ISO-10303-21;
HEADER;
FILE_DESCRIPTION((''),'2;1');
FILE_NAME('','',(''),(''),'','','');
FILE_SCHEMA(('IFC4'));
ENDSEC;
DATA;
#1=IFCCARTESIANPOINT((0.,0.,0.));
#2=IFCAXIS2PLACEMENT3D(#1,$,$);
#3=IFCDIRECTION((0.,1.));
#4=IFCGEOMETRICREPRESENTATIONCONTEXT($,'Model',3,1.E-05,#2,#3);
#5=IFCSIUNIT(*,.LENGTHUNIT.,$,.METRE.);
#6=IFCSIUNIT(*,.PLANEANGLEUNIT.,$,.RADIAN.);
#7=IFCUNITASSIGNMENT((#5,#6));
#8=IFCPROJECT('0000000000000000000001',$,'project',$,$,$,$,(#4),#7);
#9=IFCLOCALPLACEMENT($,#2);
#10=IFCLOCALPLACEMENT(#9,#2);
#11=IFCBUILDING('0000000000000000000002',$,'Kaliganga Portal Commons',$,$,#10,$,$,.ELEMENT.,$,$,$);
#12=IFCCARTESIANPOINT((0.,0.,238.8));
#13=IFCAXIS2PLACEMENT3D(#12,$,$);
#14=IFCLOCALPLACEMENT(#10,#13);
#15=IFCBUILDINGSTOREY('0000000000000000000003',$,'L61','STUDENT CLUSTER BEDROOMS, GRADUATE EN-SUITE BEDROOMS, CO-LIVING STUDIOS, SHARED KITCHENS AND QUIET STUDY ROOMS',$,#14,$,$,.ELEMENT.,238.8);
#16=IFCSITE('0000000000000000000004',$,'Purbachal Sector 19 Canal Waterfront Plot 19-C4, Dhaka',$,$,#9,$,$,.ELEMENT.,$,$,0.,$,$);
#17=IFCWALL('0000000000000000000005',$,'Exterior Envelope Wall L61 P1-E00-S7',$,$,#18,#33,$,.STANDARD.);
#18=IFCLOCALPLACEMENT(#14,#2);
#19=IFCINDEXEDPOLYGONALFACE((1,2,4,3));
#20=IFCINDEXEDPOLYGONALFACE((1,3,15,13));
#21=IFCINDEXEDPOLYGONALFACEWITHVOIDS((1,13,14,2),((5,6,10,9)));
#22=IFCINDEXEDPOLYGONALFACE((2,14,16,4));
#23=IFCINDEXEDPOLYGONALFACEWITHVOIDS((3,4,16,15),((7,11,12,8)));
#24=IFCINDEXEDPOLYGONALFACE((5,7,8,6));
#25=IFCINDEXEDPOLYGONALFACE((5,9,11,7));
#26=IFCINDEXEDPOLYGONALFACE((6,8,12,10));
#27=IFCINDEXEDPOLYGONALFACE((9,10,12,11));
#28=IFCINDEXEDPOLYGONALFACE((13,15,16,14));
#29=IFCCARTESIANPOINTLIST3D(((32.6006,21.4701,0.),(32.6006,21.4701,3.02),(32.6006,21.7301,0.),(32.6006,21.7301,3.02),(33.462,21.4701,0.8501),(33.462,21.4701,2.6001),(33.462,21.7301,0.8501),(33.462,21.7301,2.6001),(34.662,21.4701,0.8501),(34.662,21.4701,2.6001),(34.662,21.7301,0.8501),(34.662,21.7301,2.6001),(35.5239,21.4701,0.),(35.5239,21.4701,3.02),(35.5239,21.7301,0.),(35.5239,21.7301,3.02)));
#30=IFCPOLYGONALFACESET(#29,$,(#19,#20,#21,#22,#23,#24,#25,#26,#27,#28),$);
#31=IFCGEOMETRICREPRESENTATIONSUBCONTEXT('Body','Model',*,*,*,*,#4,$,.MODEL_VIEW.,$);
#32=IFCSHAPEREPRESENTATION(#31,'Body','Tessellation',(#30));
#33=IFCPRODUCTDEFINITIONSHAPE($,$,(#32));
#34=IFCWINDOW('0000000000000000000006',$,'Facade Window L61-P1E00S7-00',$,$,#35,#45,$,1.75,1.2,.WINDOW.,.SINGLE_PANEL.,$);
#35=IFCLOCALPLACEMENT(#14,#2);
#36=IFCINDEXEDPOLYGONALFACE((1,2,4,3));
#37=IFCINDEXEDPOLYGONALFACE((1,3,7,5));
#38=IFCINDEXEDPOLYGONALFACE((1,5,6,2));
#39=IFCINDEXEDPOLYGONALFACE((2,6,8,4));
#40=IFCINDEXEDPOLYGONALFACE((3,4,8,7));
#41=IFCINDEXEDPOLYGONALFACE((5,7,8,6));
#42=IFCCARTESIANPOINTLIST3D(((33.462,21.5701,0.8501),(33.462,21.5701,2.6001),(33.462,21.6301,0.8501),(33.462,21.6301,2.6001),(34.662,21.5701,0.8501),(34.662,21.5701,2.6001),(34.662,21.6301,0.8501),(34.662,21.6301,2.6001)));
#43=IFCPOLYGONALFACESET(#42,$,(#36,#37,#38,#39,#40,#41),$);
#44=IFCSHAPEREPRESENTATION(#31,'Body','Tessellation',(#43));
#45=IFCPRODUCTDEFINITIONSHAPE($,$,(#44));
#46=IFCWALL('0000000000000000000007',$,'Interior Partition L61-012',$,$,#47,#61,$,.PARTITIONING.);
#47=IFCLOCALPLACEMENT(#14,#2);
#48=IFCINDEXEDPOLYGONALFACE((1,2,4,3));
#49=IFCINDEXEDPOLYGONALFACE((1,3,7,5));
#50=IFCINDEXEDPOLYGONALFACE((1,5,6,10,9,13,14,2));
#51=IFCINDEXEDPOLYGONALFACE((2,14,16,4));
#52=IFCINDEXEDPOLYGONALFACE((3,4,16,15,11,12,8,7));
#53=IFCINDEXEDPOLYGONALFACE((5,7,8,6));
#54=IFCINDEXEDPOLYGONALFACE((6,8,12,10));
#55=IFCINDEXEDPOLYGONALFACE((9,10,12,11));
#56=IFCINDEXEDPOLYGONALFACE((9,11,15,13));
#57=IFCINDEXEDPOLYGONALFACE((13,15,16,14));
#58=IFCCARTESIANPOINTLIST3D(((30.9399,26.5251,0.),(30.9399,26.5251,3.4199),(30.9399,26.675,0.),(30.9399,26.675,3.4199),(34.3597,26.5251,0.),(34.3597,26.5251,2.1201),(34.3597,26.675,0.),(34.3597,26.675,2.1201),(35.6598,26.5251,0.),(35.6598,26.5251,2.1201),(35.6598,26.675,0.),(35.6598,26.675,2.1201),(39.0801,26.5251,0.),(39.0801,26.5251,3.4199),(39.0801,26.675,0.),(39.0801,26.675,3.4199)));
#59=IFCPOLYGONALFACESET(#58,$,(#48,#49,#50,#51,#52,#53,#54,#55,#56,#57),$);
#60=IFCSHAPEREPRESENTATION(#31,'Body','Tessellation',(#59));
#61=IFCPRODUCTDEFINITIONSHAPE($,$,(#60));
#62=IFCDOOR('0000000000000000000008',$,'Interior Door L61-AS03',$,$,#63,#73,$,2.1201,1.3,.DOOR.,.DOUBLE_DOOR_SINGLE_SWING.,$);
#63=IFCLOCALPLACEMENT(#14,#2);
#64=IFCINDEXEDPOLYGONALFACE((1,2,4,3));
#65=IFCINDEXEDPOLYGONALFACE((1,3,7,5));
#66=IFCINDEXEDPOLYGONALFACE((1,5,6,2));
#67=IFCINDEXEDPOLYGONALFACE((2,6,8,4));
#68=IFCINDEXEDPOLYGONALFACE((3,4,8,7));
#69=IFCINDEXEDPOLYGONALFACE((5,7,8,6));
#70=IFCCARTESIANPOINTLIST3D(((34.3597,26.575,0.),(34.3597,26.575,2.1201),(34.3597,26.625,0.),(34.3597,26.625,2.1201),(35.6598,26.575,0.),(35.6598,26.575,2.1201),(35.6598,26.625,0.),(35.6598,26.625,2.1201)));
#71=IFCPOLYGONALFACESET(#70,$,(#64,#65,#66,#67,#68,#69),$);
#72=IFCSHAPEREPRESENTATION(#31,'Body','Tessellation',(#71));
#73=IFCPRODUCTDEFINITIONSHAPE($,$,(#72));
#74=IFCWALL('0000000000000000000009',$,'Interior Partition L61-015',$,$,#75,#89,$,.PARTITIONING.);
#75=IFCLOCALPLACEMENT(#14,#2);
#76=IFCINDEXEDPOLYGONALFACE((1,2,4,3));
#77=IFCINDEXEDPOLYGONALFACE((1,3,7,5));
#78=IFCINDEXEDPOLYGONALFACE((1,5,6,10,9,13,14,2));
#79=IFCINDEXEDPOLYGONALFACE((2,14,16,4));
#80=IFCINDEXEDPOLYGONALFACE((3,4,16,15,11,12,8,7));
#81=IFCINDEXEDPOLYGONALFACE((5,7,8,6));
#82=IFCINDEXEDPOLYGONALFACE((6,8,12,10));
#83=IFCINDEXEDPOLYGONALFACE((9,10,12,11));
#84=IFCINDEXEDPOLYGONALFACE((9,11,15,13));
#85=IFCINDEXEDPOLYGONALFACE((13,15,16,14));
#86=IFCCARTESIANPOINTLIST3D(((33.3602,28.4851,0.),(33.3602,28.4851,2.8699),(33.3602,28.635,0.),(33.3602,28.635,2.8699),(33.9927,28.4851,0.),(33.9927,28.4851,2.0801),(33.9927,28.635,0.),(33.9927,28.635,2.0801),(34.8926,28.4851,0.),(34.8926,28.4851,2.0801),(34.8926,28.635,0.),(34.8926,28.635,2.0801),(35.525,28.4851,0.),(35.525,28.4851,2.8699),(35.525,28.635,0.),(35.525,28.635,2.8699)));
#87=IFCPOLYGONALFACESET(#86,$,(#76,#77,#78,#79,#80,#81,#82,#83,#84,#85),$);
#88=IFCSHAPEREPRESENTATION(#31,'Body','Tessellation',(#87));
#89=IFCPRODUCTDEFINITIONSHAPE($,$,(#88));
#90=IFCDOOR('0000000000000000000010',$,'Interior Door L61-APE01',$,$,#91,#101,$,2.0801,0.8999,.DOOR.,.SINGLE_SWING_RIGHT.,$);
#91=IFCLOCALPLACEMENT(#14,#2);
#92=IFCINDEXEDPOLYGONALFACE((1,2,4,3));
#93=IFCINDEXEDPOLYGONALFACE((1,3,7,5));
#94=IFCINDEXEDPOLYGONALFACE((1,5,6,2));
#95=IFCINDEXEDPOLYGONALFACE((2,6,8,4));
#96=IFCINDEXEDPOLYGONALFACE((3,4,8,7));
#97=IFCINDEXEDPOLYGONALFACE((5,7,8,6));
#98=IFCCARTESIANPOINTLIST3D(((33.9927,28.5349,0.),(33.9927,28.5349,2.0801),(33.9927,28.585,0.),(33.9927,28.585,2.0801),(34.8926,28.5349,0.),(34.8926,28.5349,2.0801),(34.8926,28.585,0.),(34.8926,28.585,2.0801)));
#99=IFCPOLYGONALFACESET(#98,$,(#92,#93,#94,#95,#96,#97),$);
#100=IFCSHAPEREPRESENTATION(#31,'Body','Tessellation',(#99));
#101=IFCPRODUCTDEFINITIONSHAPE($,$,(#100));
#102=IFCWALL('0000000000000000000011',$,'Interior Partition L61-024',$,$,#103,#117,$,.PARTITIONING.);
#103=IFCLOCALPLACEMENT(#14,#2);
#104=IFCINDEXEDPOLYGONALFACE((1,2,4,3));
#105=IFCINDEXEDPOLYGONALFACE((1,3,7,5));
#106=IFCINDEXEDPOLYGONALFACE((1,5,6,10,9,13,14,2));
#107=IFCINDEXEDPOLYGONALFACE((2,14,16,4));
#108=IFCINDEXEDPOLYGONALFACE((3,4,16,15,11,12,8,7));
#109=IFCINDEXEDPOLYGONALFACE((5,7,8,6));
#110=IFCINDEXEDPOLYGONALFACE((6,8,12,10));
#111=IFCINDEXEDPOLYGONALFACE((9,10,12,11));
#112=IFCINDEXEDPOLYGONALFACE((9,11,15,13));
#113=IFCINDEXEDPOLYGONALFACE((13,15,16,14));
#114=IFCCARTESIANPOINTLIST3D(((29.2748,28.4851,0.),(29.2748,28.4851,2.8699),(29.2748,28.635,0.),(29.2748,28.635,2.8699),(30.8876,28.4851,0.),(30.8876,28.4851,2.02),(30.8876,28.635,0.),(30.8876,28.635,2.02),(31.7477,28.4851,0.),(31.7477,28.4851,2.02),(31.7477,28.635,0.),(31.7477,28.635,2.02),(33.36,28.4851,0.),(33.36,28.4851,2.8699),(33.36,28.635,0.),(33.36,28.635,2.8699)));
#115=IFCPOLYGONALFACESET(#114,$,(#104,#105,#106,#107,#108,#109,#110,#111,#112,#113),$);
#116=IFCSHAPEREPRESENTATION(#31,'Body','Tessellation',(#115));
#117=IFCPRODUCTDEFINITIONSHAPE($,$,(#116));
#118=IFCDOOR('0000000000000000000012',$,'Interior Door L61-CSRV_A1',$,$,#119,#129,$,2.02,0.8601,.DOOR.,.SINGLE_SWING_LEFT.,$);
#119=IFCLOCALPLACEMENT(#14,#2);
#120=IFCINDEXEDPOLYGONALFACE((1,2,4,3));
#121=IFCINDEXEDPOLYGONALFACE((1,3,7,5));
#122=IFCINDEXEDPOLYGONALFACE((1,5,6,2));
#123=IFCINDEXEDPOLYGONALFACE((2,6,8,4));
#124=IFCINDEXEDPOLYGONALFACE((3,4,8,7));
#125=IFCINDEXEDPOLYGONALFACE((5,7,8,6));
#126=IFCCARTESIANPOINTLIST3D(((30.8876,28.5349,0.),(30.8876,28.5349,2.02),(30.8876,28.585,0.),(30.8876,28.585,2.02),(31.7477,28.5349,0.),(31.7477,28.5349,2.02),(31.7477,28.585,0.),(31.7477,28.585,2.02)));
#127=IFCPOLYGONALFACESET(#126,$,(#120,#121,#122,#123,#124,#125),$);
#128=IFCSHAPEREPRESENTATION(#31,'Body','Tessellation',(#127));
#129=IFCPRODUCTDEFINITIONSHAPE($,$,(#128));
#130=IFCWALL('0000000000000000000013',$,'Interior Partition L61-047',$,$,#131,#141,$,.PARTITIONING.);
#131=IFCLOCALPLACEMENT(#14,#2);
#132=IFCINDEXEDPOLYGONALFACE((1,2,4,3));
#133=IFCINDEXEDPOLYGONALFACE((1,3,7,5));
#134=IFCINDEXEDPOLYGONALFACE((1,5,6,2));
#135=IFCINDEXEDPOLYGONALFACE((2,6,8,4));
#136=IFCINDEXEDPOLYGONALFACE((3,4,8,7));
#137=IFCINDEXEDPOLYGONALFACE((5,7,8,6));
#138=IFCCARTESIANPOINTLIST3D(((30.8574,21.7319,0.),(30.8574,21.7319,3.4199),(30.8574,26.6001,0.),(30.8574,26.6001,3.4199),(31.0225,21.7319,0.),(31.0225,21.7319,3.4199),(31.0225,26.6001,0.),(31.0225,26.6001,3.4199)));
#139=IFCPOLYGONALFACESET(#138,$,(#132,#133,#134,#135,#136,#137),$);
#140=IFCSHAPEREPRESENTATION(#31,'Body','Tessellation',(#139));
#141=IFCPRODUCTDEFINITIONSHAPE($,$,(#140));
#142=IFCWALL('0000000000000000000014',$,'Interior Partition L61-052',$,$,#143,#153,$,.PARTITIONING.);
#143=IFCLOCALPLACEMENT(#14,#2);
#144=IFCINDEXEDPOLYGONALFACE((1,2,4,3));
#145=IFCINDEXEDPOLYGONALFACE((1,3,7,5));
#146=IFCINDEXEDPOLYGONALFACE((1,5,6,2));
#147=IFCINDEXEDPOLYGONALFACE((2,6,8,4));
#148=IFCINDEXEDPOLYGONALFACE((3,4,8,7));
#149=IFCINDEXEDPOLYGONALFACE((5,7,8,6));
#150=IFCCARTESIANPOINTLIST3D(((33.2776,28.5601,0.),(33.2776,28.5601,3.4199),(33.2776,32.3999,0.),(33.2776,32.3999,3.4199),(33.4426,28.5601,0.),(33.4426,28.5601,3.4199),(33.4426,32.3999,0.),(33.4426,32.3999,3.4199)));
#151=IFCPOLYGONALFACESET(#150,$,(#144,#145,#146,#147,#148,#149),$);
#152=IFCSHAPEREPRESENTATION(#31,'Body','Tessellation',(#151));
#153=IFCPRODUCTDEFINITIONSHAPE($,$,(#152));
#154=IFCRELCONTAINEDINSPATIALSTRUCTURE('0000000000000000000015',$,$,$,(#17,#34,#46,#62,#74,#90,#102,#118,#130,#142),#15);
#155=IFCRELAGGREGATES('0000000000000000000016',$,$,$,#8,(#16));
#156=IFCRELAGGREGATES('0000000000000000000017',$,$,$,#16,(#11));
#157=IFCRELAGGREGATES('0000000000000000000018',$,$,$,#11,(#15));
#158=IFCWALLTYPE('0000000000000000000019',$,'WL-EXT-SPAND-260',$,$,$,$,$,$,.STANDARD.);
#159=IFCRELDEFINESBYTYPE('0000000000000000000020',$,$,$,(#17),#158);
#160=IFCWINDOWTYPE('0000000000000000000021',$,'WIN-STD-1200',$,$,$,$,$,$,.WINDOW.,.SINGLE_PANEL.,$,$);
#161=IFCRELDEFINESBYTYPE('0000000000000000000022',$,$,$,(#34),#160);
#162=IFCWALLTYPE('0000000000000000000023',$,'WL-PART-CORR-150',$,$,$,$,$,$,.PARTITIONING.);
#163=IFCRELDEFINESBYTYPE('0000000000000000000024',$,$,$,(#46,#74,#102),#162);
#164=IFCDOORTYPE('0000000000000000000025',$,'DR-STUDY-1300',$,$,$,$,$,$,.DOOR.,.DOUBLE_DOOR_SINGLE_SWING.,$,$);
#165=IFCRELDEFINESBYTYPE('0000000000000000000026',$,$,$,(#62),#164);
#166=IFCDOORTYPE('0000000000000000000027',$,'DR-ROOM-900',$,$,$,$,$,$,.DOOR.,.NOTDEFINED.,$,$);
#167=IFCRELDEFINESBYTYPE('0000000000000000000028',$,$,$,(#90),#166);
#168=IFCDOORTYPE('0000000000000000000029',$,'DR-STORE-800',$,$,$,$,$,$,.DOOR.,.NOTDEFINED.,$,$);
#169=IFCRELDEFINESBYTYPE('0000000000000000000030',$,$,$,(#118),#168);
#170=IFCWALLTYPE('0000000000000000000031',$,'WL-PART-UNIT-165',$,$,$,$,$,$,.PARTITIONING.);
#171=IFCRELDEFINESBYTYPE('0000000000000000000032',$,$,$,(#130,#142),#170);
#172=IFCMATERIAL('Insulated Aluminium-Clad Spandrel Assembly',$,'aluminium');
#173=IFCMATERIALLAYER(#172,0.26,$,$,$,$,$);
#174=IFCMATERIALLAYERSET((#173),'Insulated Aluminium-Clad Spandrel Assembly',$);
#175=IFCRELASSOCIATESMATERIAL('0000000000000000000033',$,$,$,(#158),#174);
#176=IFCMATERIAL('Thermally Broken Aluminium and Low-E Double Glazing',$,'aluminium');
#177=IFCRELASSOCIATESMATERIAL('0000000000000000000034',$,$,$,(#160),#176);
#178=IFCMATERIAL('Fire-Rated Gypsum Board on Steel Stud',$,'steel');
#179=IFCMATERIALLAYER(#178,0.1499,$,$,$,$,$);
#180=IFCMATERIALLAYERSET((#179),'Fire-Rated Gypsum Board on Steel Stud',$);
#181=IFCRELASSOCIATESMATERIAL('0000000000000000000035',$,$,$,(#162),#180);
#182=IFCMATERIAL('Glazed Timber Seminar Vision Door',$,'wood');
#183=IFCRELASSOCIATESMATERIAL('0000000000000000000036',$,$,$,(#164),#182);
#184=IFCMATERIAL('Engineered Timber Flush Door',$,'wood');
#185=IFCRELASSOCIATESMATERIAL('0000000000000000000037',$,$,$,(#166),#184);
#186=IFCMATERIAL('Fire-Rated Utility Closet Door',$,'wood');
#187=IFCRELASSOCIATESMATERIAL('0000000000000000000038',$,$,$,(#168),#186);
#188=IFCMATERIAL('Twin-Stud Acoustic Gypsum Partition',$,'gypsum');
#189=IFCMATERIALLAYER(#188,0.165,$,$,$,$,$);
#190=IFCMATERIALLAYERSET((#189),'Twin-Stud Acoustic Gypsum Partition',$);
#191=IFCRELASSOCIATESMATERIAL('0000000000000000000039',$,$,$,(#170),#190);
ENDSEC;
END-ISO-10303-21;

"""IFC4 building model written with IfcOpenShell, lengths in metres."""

from ifc_helpers import new_model, si_unit, direction, frame, frame_2d, origin, place, context, subcontext, project, spatial, rectangle, extrude, material, layer, layer_set, type_object, element, fill, save


model = new_model("IFC4")

# Units and contexts
model_context = context("Model", 3, precision=1e-05, world=origin(), true_north=direction((0.0, 1.0)))
body_context = subcontext(model_context, "Body", "Model", "MODEL_VIEW")
ifc_project = project(units=[si_unit("LENGTHUNIT", "METRE"), si_unit("PLANEANGLEUNIT", "RADIAN")], contexts=[model_context])

# Site, building, storey
site_placement = place(None, origin())
site = spatial("IfcSite", under=ifc_project, at=site_placement, Name="Purbachal Sector 19 Canal Waterfront Plot 19-C4, Dhaka", CompositionType="ELEMENT", RefElevation=0.0)
building_placement = place(site_placement, origin())
building = spatial("IfcBuilding", under=site, at=building_placement, Name="Kaliganga Portal Commons", CompositionType="ELEMENT")
storey_placement = place(building_placement, frame((0.0, 0.0, 238.8)))
storey = spatial("IfcBuildingStorey", under=building, at=storey_placement, Name="L61", Description="STUDENT CLUSTER BEDROOMS, GRADUATE EN-SUITE BEDROOMS, CO-LIVING STUDIOS, SHARED KITCHENS AND QUIET STUDY ROOMS", CompositionType="ELEMENT", Elevation=238.8)

# Wall, opening, window
ifc_material_1 = material(Name="Insulated Aluminium-Clad Spandrel Assembly", Category="aluminium")
ifc_layer_1 = layer(ifc_material_1, 0.26)
ifc_layer_set_1 = layer_set([ifc_layer_1], Name="Insulated Aluminium-Clad Spandrel Assembly")
wall_type_1 = type_object("IfcWallType", Name="WL-EXT-SPAND-260", PredefinedType="STANDARD", material=ifc_layer_set_1)
wall_1_placement = place(storey_placement, frame((35.5239, 21.6001, 0.0), z_axis=(0.0, 0.0, 1.0), x_axis=(-1.0, 0.0, 0.0)))
wall_1 = element("IfcWall", 1, at=wall_1_placement, inside=storey, type_object=wall_type_1, Name="Exterior Envelope Wall L61 P1-E00-S7", PredefinedType="STANDARD", context=body_context, shape_type="SweptSolid", body=[
    extrude(rectangle(XDim=2.9233, YDim=0.26, at=frame_2d((1.4617, 0.0))), origin(), (0.0, 0.0, 1.0), 3.02),
])
opening_1_placement = place(wall_1_placement, frame((0.8618, 0.0, 0.8501)))
opening_1 = element("IfcOpeningElement", 2, at=opening_1_placement, cuts=wall_1, PredefinedType="OPENING", context=body_context, shape_type="SweptSolid", body=[
    extrude(rectangle(XDim=1.2, YDim=1.75, at=frame_2d((0.6001, 0.875))), frame((0.0, 0.1401, 0.0), z_axis=(0.0, -1.0, 0.0), x_axis=(1.0, 0.0, 0.0)), (0.0, 0.0, 1.0), 0.28),
])
ifc_material_2 = material(Name="Thermally Broken Aluminium and Low-E Double Glazing", Category="aluminium")
window_type = type_object("IfcWindowType", Name="WIN-STD-1200", PartitioningType="SINGLE_PANEL", PredefinedType="WINDOW", material=ifc_material_2)
window_placement = place(opening_1_placement, origin())
window = element("IfcWindow", 3, at=window_placement, inside=storey, type_object=window_type, Name="Facade Window L61-P1E00S7-00", OverallHeight=1.75, OverallWidth=1.2, PartitioningType="SINGLE_PANEL", PredefinedType="WINDOW", context=body_context, shape_type="SweptSolid", body=[
    extrude(rectangle(XDim=1.2, YDim=1.75, at=frame_2d((0.6001, 0.875))), frame((0.0, 0.03, 0.0), z_axis=(0.0, -1.0, 0.0), x_axis=(1.0, 0.0, 0.0)), (0.0, 0.0, 1.0), 0.0601),
])
fill(opening_1, window)

# Walls, openings, doors
ifc_material_3 = material(Name="Fire-Rated Gypsum Board on Steel Stud", Category="steel")
ifc_layer_2 = layer(ifc_material_3, 0.1499)
ifc_layer_set_2 = layer_set([ifc_layer_2], Name="Fire-Rated Gypsum Board on Steel Stud")
wall_type_2 = type_object("IfcWallType", Name="WL-PART-CORR-150", PredefinedType="PARTITIONING", material=ifc_layer_set_2)
wall_2_placement = place(storey_placement, frame((30.9399, 26.6001, 0.0), z_axis=(0.0, 0.0, 1.0), x_axis=(1.0, 0.0, 0.0)))
wall_2 = element("IfcWall", 4, at=wall_2_placement, inside=storey, type_object=wall_type_2, Name="Interior Partition L61-012", PredefinedType="PARTITIONING", context=body_context, shape_type="SweptSolid", body=[
    extrude(rectangle(XDim=8.1401, YDim=0.1499, at=frame_2d((4.0701, 0.0))), origin(), (0.0, 0.0, 1.0), 3.4199),
])
opening_2_placement = place(wall_2_placement, frame((3.4199, 0.0, 0.0)))
opening_2 = element("IfcOpeningElement", 5, at=opening_2_placement, cuts=wall_2, PredefinedType="OPENING", context=body_context, shape_type="SweptSolid", body=[
    extrude(rectangle(XDim=1.3, YDim=2.1201, at=frame_2d((0.6499, 1.0601))), frame((0.0, 0.085, 0.0), z_axis=(0.0, -1.0, 0.0), x_axis=(1.0, 0.0, 0.0)), (0.0, 0.0, 1.0), 0.1699),
])
ifc_material_4 = material(Name="Glazed Timber Seminar Vision Door", Category="wood")
door_type_1 = type_object("IfcDoorType", Name="DR-STUDY-1300", OperationType="DOUBLE_DOOR_SINGLE_SWING", PredefinedType="DOOR", material=ifc_material_4)
door_1_placement = place(opening_2_placement, origin())
door_1 = element("IfcDoor", 6, at=door_1_placement, inside=storey, type_object=door_type_1, Name="Interior Door L61-AS03", OperationType="DOUBLE_DOOR_SINGLE_SWING", OverallHeight=2.1201, OverallWidth=1.3, PredefinedType="DOOR", context=body_context, shape_type="SweptSolid", body=[
    extrude(rectangle(XDim=1.3, YDim=2.1201, at=frame_2d((0.6499, 1.0601))), frame((0.0, 0.0249, 0.0), z_axis=(0.0, -1.0, 0.0), x_axis=(1.0, 0.0, 0.0)), (0.0, 0.0, 1.0), 0.05),
])
fill(opening_2, door_1)
wall_3_placement = place(storey_placement, frame((33.3601, 28.5601, 0.0), z_axis=(0.0, 0.0, 1.0), x_axis=(1.0, 0.0, 0.0)))
wall_3 = element("IfcWall", 7, at=wall_3_placement, inside=storey, type_object=wall_type_2, Name="Interior Partition L61-015", PredefinedType="PARTITIONING", context=body_context, shape_type="SweptSolid", body=[
    extrude(rectangle(XDim=2.1648, YDim=0.1499, at=frame_2d((1.0825, 0.0))), origin(), (0.0, 0.0, 1.0), 2.8699),
])
opening_3_placement = place(wall_3_placement, frame((0.6326, 0.0, 0.0)))
opening_3 = element("IfcOpeningElement", 8, at=opening_3_placement, cuts=wall_3, PredefinedType="OPENING", context=body_context, shape_type="SweptSolid", body=[
    extrude(rectangle(XDim=0.8999, YDim=2.0801, at=frame_2d((0.45, 1.04))), frame((0.0, 0.085, 0.0), z_axis=(0.0, -1.0, 0.0), x_axis=(1.0, 0.0, 0.0)), (0.0, 0.0, 1.0), 0.1699),
])
ifc_material_5 = material(Name="Engineered Timber Flush Door", Category="wood")
door_type_2 = type_object("IfcDoorType", Name="DR-ROOM-900", OperationType="NOTDEFINED", PredefinedType="DOOR", material=ifc_material_5)
door_2_placement = place(opening_3_placement, origin())
door_2 = element("IfcDoor", 9, at=door_2_placement, inside=storey, type_object=door_type_2, Name="Interior Door L61-APE01", OperationType="SINGLE_SWING_RIGHT", OverallHeight=2.0801, OverallWidth=0.8999, PredefinedType="DOOR", context=body_context, shape_type="SweptSolid", body=[
    extrude(rectangle(XDim=0.8999, YDim=2.0801, at=frame_2d((0.45, 1.04))), frame((0.0, 0.0249, 0.0), z_axis=(0.0, -1.0, 0.0), x_axis=(1.0, 0.0, 0.0)), (0.0, 0.0, 1.0), 0.05),
])
fill(opening_3, door_2)
wall_4_placement = place(storey_placement, frame((29.2749, 28.5601, 0.0), z_axis=(0.0, 0.0, 1.0), x_axis=(1.0, 0.0, 0.0)))
wall_4 = element("IfcWall", 10, at=wall_4_placement, inside=storey, type_object=wall_type_2, Name="Interior Partition L61-024", PredefinedType="PARTITIONING", context=body_context, shape_type="SweptSolid", body=[
    extrude(rectangle(XDim=4.0852, YDim=0.1499, at=frame_2d((2.0425, 0.0))), origin(), (0.0, 0.0, 1.0), 2.8699),
])
opening_4_placement = place(wall_4_placement, frame((1.6125, 0.0, 0.0)))
opening_4 = element("IfcOpeningElement", 11, at=opening_4_placement, cuts=wall_4, PredefinedType="OPENING", context=body_context, shape_type="SweptSolid", body=[
    extrude(rectangle(XDim=0.8601, YDim=2.02, at=frame_2d((0.4302, 1.01))), frame((0.0, 0.085, 0.0), z_axis=(0.0, -1.0, 0.0), x_axis=(1.0, 0.0, 0.0)), (0.0, 0.0, 1.0), 0.1699),
])
ifc_material_6 = material(Name="Fire-Rated Utility Closet Door", Category="wood")
door_type_3 = type_object("IfcDoorType", Name="DR-STORE-800", OperationType="NOTDEFINED", PredefinedType="DOOR", material=ifc_material_6)
door_3_placement = place(opening_4_placement, origin())
door_3 = element("IfcDoor", 12, at=door_3_placement, inside=storey, type_object=door_type_3, Name="Interior Door L61-CSRV_A1", OperationType="SINGLE_SWING_LEFT", OverallHeight=2.02, OverallWidth=0.8601, PredefinedType="DOOR", context=body_context, shape_type="SweptSolid", body=[
    extrude(rectangle(XDim=0.8601, YDim=2.02, at=frame_2d((0.4302, 1.01))), frame((0.0, 0.0249, 0.0), z_axis=(0.0, -1.0, 0.0), x_axis=(1.0, 0.0, 0.0)), (0.0, 0.0, 1.0), 0.05),
])
fill(opening_4, door_3)

# Walls
ifc_material_7 = material(Name="Twin-Stud Acoustic Gypsum Partition", Category="gypsum")
ifc_layer_3 = layer(ifc_material_7, 0.165)
ifc_layer_set_3 = layer_set([ifc_layer_3], Name="Twin-Stud Acoustic Gypsum Partition")
wall_type_3 = type_object("IfcWallType", Name="WL-PART-UNIT-165", PredefinedType="PARTITIONING", material=ifc_layer_set_3)
wall_5_placement = place(storey_placement, frame((30.9399, 21.7319, 0.0), z_axis=(0.0, 0.0, 1.0), x_axis=(0.0, 1.0, 0.0)))
element("IfcWall", 13, at=wall_5_placement, inside=storey, type_object=wall_type_3, Name="Interior Partition L61-047", PredefinedType="PARTITIONING", context=body_context, shape_type="SweptSolid", body=[
    extrude(rectangle(XDim=4.8682, YDim=0.165, at=frame_2d((2.4341, 0.0))), origin(), (0.0, 0.0, 1.0), 3.4199),
])
wall_6_placement = place(storey_placement, frame((33.3601, 28.5601, 0.0), z_axis=(0.0, 0.0, 1.0), x_axis=(0.0, 1.0, 0.0)))
element("IfcWall", 14, at=wall_6_placement, inside=storey, type_object=wall_type_3, Name="Interior Partition L61-052", PredefinedType="PARTITIONING", context=body_context, shape_type="SweptSolid", body=[
    extrude(rectangle(XDim=3.8398, YDim=0.165, at=frame_2d((1.9199, 0.0))), origin(), (0.0, 0.0, 1.0), 3.4199),
])

save(model, "model.ifc")
